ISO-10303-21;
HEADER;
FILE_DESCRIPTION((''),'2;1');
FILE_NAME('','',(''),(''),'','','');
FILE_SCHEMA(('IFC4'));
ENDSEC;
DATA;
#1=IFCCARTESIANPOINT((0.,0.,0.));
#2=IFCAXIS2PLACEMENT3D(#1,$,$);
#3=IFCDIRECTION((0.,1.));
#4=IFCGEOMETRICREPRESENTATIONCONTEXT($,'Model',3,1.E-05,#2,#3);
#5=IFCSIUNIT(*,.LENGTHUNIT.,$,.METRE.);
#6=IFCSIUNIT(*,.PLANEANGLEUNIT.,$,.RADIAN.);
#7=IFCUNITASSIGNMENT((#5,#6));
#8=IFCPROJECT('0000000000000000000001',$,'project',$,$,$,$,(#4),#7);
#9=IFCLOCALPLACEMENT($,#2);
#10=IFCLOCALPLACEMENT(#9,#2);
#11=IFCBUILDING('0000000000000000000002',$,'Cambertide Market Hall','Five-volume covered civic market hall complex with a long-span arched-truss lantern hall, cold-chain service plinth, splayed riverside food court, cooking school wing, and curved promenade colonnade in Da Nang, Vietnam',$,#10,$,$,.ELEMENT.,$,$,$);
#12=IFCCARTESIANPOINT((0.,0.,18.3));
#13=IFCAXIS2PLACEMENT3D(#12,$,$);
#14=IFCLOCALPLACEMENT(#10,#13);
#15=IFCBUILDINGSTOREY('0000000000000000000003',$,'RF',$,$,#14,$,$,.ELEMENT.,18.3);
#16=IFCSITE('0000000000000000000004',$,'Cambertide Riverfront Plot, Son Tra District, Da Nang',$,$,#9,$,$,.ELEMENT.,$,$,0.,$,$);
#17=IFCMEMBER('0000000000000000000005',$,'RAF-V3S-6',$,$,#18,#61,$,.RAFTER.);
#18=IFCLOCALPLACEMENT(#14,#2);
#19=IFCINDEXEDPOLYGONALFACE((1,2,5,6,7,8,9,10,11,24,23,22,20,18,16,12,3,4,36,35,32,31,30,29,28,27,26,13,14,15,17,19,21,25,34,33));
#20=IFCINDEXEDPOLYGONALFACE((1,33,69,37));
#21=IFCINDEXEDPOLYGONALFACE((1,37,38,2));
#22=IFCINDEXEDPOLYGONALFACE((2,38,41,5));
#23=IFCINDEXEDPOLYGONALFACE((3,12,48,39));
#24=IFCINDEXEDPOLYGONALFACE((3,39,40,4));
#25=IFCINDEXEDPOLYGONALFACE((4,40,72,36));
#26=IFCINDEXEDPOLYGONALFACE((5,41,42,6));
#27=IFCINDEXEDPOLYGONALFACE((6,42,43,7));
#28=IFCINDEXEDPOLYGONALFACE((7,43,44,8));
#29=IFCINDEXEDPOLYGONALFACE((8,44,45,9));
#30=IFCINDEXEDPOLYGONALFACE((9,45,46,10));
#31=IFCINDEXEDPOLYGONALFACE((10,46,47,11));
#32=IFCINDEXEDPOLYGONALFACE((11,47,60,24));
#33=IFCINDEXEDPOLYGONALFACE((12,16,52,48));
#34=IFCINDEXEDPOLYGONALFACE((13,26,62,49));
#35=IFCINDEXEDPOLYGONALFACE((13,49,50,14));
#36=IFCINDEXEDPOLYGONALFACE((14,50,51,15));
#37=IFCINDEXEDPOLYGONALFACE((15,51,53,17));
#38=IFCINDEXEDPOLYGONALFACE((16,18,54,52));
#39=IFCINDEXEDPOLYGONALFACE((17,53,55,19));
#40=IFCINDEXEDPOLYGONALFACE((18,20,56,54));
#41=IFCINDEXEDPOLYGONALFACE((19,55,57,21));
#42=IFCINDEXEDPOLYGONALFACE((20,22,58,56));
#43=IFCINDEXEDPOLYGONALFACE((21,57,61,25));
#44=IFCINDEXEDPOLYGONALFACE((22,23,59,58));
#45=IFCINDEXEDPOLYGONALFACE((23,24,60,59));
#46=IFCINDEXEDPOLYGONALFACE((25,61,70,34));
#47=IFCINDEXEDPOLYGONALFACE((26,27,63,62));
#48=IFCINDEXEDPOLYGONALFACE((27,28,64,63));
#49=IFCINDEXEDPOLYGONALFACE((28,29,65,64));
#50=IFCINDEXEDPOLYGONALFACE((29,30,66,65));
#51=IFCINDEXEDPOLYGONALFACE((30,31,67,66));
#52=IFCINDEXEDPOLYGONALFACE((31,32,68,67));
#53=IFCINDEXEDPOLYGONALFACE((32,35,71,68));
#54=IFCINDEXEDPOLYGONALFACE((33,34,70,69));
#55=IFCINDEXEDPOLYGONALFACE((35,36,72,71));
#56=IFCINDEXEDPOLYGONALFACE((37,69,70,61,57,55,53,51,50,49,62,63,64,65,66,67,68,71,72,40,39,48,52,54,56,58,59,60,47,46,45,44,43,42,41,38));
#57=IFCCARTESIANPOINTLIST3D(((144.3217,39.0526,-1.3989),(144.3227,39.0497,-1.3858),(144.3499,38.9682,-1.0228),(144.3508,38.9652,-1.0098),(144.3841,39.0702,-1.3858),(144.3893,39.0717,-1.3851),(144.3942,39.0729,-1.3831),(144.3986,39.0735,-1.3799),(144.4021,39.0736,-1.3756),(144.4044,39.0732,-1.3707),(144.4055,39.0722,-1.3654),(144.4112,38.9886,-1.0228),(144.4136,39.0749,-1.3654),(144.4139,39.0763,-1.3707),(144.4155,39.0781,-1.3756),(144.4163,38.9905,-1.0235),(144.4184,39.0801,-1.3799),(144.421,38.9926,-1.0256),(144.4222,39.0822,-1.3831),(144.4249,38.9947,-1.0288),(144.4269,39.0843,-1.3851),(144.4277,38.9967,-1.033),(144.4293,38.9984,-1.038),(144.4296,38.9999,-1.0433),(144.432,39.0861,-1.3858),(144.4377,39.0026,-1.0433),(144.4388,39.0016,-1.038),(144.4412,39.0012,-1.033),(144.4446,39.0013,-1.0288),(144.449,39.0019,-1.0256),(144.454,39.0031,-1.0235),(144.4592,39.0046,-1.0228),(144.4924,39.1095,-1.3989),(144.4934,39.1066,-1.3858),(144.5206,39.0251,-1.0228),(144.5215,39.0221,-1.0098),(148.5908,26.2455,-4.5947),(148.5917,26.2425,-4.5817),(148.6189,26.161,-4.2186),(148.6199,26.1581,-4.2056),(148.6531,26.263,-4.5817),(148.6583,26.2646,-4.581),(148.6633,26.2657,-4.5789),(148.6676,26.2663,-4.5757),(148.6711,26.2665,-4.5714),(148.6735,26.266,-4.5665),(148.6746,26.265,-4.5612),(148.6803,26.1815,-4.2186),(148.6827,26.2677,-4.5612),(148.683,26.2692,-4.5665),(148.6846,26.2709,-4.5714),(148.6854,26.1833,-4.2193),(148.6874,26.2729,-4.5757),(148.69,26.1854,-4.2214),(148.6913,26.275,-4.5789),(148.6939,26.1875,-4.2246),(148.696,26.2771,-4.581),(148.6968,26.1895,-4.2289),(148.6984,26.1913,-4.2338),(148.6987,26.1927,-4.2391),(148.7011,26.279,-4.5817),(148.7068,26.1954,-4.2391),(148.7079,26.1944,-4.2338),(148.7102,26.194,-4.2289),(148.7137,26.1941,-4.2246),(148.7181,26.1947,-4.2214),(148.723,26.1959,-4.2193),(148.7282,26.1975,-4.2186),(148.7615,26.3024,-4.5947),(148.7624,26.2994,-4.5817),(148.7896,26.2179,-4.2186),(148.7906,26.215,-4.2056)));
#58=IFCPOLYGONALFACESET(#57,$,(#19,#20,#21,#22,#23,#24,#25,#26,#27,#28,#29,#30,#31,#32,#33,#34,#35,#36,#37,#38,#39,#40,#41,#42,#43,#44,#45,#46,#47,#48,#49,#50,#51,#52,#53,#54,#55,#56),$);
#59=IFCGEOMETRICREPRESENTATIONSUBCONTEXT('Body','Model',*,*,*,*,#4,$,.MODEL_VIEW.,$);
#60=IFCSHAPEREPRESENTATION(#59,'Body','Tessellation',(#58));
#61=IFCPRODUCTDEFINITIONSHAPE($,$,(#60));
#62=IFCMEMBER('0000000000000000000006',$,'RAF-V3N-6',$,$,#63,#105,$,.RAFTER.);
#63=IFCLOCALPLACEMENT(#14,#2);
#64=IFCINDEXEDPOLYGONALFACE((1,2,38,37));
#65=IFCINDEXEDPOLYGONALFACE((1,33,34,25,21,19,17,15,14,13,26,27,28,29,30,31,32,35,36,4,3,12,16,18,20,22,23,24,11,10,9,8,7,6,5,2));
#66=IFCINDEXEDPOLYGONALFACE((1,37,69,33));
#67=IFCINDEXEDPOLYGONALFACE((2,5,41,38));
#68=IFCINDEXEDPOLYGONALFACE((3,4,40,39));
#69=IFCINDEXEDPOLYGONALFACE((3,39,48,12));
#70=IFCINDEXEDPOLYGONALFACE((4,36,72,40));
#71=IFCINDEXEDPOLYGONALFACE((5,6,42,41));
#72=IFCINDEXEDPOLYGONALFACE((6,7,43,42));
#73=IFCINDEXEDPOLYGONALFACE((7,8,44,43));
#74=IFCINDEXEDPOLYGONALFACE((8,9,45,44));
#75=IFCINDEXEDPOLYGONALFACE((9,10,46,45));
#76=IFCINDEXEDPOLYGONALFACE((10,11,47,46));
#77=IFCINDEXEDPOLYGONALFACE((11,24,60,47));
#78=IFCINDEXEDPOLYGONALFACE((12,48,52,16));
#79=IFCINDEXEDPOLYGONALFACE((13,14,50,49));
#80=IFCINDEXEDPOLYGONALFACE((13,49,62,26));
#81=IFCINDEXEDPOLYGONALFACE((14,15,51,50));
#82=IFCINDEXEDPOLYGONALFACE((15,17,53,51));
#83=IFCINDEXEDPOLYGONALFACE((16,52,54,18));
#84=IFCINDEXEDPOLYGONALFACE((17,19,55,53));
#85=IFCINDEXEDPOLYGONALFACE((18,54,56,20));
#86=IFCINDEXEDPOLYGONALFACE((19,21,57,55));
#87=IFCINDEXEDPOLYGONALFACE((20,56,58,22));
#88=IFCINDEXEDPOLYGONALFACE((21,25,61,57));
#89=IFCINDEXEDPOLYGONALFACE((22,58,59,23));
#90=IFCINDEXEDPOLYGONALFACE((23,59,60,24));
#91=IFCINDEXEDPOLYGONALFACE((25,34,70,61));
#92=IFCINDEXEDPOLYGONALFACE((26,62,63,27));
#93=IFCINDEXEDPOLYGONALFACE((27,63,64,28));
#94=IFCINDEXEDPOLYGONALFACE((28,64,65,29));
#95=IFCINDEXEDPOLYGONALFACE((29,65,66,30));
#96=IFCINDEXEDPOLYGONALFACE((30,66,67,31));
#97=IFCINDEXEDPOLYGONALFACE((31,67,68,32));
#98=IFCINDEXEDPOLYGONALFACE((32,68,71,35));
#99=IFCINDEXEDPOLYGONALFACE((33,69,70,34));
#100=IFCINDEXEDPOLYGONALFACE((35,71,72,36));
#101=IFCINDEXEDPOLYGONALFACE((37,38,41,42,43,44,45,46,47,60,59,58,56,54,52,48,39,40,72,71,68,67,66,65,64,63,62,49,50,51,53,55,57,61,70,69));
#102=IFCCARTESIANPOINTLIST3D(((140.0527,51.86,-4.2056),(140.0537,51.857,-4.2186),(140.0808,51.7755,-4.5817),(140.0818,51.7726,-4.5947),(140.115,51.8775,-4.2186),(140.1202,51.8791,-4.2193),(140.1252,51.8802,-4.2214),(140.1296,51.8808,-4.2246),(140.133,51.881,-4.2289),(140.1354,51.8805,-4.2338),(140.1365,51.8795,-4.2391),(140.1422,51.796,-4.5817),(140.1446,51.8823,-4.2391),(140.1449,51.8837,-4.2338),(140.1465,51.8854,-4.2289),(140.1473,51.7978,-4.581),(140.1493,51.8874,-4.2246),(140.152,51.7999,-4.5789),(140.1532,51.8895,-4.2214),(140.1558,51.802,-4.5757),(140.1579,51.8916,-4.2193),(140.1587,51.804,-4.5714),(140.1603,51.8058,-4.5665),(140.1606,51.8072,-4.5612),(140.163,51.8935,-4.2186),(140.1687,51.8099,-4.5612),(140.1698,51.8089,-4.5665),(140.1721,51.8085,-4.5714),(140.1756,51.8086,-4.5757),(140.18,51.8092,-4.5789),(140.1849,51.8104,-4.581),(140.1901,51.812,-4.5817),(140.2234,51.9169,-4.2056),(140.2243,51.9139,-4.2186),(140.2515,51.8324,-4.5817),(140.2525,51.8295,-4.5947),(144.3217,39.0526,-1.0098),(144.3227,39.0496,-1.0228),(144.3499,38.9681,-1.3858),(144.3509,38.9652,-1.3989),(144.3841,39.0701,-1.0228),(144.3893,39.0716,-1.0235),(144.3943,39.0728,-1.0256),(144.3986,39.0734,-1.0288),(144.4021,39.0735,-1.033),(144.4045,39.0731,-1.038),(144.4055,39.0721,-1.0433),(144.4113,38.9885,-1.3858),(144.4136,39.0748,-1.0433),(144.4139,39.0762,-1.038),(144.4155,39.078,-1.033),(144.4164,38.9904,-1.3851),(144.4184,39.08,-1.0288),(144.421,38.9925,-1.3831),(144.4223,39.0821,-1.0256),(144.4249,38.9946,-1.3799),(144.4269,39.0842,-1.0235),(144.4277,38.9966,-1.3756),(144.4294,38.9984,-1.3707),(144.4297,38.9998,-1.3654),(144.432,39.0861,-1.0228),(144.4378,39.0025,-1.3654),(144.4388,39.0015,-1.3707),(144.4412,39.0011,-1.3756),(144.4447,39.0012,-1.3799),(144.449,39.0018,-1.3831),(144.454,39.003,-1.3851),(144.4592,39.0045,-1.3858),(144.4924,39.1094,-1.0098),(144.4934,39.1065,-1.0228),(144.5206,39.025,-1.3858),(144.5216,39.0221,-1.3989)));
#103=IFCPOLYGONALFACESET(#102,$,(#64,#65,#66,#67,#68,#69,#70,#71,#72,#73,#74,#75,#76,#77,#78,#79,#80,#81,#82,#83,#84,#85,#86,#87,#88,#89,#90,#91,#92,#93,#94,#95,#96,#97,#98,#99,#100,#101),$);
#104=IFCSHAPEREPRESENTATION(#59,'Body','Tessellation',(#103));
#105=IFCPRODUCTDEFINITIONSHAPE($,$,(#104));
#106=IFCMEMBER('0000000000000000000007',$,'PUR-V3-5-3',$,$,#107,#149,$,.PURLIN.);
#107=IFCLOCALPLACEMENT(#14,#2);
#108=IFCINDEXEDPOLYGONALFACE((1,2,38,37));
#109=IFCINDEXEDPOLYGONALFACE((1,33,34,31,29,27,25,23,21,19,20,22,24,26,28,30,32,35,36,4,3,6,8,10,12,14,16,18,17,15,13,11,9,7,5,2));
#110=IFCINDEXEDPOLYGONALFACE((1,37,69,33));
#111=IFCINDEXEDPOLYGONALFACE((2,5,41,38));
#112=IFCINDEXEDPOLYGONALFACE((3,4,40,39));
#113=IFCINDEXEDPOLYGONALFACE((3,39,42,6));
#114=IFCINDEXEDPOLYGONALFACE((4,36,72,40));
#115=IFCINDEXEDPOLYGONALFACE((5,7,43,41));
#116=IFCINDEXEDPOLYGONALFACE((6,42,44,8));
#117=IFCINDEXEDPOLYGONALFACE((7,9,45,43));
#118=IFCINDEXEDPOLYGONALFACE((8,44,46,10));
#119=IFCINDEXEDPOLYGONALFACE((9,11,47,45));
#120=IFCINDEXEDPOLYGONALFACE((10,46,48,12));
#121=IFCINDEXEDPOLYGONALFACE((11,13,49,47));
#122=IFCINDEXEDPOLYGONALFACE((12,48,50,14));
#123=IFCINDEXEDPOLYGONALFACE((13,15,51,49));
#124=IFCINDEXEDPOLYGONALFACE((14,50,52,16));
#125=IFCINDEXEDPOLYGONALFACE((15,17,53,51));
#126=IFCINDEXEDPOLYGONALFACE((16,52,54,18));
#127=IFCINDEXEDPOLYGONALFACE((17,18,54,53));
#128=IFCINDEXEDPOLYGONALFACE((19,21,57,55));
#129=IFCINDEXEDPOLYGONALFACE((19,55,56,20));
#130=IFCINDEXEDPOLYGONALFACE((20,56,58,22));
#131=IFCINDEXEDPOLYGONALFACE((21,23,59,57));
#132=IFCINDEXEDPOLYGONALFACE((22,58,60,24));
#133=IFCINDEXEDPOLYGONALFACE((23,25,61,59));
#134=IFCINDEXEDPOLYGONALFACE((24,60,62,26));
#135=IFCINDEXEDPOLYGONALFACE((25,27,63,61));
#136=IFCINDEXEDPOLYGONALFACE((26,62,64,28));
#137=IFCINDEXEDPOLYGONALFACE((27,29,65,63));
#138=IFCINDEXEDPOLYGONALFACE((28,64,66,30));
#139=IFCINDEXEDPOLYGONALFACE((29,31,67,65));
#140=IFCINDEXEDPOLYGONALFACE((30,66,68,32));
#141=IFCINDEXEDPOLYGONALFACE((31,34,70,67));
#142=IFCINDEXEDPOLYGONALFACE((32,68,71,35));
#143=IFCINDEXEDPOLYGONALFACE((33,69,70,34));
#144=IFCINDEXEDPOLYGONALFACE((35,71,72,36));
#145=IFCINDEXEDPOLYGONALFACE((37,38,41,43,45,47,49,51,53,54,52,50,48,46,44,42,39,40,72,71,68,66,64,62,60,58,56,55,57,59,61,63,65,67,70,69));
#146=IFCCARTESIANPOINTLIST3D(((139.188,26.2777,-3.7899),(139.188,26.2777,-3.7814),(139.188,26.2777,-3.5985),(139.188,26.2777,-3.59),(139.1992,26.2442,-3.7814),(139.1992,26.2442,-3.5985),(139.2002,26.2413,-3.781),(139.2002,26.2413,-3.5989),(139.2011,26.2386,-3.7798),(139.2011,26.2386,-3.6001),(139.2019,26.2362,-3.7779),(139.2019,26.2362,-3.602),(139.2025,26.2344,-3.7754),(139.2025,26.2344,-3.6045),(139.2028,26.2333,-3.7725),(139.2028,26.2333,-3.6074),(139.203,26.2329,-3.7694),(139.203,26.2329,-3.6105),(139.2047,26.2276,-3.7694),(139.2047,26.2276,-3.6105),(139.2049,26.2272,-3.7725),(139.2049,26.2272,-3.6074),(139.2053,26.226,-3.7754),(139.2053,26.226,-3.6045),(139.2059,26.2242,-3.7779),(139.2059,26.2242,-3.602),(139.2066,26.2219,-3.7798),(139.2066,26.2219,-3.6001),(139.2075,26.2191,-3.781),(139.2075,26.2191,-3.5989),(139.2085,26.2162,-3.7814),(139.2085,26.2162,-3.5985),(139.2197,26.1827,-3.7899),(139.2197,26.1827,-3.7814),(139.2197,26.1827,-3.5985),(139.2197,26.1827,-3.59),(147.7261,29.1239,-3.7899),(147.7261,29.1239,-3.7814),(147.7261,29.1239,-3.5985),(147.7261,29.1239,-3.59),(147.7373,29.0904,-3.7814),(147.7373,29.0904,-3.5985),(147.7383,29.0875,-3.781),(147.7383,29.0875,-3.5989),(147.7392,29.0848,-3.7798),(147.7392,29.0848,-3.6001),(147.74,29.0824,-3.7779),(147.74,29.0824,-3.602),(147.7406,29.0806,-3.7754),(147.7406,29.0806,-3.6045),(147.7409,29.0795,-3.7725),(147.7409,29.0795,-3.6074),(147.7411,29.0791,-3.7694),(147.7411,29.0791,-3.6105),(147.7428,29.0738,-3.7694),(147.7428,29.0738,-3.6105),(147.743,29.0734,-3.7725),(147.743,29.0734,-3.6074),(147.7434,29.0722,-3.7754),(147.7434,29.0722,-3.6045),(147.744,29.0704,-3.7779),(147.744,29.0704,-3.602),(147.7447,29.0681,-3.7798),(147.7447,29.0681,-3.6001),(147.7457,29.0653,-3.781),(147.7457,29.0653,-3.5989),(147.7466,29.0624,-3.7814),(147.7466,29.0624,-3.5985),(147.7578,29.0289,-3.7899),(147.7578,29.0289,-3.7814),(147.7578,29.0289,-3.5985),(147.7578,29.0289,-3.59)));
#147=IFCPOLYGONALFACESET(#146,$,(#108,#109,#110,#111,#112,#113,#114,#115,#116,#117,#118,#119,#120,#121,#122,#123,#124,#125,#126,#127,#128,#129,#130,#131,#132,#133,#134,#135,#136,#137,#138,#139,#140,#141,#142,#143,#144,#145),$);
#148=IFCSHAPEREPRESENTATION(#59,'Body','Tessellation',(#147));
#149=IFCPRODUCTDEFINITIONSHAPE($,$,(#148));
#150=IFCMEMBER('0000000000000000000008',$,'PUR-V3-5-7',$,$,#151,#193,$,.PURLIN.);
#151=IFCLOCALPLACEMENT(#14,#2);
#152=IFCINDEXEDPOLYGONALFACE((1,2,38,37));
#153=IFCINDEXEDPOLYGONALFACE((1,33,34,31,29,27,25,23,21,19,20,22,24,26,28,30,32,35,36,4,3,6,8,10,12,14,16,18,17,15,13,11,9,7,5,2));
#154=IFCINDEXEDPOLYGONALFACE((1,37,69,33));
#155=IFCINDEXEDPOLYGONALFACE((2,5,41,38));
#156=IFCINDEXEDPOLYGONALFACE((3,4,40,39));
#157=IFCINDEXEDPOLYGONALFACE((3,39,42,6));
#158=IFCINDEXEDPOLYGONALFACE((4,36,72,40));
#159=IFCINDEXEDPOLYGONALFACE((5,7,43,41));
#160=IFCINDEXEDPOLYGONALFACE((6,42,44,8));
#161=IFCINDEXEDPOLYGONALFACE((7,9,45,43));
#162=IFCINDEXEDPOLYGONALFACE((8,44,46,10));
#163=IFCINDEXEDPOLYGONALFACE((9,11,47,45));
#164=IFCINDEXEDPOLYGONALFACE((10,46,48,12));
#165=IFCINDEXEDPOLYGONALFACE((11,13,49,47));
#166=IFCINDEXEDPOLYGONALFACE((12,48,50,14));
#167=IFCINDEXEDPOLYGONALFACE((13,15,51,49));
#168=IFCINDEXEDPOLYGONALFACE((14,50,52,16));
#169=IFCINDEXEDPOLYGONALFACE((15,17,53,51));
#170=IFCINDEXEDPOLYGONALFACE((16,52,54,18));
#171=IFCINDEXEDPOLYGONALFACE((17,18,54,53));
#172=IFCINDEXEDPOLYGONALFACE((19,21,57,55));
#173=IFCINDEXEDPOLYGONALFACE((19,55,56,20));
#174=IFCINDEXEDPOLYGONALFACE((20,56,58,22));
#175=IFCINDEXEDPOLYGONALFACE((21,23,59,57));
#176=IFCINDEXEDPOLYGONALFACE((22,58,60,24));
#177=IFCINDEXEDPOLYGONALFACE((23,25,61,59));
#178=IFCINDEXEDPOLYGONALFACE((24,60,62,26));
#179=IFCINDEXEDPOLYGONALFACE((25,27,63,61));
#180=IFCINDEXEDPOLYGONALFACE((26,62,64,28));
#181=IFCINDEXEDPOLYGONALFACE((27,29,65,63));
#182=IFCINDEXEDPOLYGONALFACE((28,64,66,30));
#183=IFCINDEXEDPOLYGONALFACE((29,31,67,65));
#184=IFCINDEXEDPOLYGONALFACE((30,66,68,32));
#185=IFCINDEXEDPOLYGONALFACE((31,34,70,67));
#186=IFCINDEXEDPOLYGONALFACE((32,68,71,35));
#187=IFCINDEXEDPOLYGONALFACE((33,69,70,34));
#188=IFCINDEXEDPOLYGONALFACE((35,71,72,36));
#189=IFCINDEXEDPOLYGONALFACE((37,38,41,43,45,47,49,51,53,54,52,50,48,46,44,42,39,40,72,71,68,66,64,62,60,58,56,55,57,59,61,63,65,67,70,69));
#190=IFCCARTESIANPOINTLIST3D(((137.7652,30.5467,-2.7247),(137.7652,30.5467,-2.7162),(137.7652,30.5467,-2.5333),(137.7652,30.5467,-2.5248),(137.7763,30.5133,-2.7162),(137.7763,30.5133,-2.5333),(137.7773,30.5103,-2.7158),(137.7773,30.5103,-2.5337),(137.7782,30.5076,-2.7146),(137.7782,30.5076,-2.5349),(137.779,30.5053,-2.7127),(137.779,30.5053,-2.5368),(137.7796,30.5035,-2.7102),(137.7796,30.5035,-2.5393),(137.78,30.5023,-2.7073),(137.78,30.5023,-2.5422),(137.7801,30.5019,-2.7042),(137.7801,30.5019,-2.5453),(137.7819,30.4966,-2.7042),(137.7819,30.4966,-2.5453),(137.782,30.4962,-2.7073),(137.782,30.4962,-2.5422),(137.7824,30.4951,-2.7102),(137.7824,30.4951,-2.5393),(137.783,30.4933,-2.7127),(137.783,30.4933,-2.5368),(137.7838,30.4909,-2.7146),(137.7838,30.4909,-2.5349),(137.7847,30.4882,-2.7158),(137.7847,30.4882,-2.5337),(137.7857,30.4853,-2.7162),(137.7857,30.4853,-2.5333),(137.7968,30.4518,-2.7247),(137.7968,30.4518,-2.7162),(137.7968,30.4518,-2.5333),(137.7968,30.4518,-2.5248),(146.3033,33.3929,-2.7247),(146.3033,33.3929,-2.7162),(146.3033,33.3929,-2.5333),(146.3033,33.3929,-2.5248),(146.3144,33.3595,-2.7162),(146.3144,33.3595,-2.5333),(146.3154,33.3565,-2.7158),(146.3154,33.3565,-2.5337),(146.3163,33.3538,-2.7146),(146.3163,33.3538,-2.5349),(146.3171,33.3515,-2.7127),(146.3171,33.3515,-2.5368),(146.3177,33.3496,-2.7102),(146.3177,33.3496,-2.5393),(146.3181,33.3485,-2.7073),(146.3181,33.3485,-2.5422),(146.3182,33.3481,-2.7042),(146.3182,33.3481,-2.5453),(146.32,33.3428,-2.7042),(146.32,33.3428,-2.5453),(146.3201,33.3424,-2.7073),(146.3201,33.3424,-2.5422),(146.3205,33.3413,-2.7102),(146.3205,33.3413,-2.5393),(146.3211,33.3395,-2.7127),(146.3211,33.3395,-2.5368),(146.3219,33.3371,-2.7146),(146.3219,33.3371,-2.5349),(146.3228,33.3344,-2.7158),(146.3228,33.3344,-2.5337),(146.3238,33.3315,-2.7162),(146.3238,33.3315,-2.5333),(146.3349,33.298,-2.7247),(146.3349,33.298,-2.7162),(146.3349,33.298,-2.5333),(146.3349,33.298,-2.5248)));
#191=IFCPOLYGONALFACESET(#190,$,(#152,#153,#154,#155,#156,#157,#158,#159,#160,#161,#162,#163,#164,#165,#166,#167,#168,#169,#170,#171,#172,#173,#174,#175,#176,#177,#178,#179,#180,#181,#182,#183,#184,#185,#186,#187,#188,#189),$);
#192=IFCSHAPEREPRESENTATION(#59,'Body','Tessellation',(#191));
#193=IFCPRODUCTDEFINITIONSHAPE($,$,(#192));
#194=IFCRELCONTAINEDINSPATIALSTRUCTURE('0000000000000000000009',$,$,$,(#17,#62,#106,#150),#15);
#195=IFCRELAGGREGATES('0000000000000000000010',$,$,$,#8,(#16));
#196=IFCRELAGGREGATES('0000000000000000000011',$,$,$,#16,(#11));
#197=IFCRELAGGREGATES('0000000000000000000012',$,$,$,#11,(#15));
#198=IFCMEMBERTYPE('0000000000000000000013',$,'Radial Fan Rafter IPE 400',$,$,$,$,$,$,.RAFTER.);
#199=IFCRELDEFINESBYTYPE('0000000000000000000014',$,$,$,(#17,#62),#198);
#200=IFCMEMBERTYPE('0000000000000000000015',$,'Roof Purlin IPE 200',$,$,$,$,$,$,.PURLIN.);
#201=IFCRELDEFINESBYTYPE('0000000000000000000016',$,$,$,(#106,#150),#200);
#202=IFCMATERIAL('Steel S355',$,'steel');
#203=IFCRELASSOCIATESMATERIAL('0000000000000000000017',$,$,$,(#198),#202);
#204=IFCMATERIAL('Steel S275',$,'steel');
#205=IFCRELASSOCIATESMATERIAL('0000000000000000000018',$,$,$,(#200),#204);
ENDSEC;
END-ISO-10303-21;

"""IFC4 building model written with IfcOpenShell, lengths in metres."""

from ifc_helpers import new_model, si_unit, direction, frame, origin, origin_2d, place, context, subcontext, project, spatial, i_section, extrude, material, material_profile, profile_set, type_object, element, save


model = new_model("IFC4")

# Units and contexts
model_context = context("Model", 3, precision=1e-05, world=origin(), true_north=direction((0.0, 1.0)))
body_context = subcontext(model_context, "Body", "Model", "MODEL_VIEW")
ifc_project = project(units=[si_unit("LENGTHUNIT", "METRE"), si_unit("PLANEANGLEUNIT", "RADIAN")], contexts=[model_context])

# Site, building, storey
site_placement = place(None, origin())
site = spatial("IfcSite", under=ifc_project, at=site_placement, Name="Cambertide Riverfront Plot, Son Tra District, Da Nang", CompositionType="ELEMENT", RefElevation=0.0)
building_placement = place(site_placement, origin())
building = spatial("IfcBuilding", under=site, at=building_placement, Name="Cambertide Market Hall", Description="Five-volume covered civic market hall complex with a long-span arched-truss lantern hall, cold-chain service plinth, splayed riverside food court, cooking school wing, and curved promenade colonnade in Da Nang, Vietnam", CompositionType="ELEMENT")
storey_placement = place(building_placement, frame((0.0, 0.0, 18.3)))
storey = spatial("IfcBuildingStorey", under=building, at=storey_placement, Name="RF", CompositionType="ELEMENT", Elevation=18.3)

# Members
ifc_material_1 = material(Name="Steel S355", Category="steel")
ifc_material_profile_1 = material_profile(ifc_material_1, i_section(OverallWidth=0.1799, OverallDepth=0.3999, WebThickness=0.0085, FlangeThickness=0.0134, FilletRadius=0.021, at=origin_2d()), Name="IPE 400")
ifc_profile_set_1 = profile_set([ifc_material_profile_1], Name="Steel S355")
member_type_1 = type_object("IfcMemberType", Name="Radial Fan Rafter IPE 400", PredefinedType="RAFTER", material=ifc_profile_set_1)
for number, where, z_axis, x_axis, name in (
    (1, (148.6907, 26.2302, -4.4001), (-0.307723, 0.923169, 0.230361), (-0.948683, -0.316228, 0.0), "RAF-V3S-6"),
):
    element("IfcMember", number, at=place(storey_placement, frame(where, z_axis=z_axis, x_axis=x_axis)), inside=storey, type_object=member_type_1, Name=name, PredefinedType="RAFTER", context=body_context, shape_type="SweptSolid", body=[
        extrude(i_section(OverallWidth=0.1799, OverallDepth=0.3999, WebThickness=0.0085, FlangeThickness=0.0134, FilletRadius=0.021, at=origin_2d()), origin(), (0.0, 0.0, 1.0), 13.873),
    ])
member_1_placement = place(storey_placement, frame((140.1526, 51.8447, -4.4001), z_axis=(0.307718, -0.923171, 0.230357), x_axis=(0.948685, 0.316222, 0.0)))
element("IfcMember", 2, at=member_1_placement, inside=storey, type_object=member_type_1, Name="RAF-V3N-6", PredefinedType="RAFTER", context=body_context, shape_type="SweptSolid", body=[
    extrude(i_section(OverallWidth=0.1799, OverallDepth=0.3999, WebThickness=0.0085, FlangeThickness=0.0134, FilletRadius=0.021, at=origin_2d()), origin(), (0.0, 0.0, 1.0), 13.8733),
])
ifc_material_2 = material(Name="Steel S275", Category="steel")
ifc_material_profile_2 = material_profile(ifc_material_2, i_section(OverallWidth=0.1001, OverallDepth=0.2, WebThickness=0.0056, FlangeThickness=0.0085, FilletRadius=0.012, at=origin_2d()), Name="IPE 200")
ifc_profile_set_2 = profile_set([ifc_material_profile_2], Name="Steel S275")
member_type_2 = type_object("IfcMemberType", Name="Roof Purlin IPE 200", PredefinedType="PURLIN", material=ifc_profile_set_2)
for number, where, z_axis, x_axis, name in (
    (3, (139.2039, 26.2302, -3.6899), (0.948678, 0.316244, 0.0), (-0.316244, 0.948678, 0.0), "PUR-V3-5-3"),
    (4, (137.781, 30.4993, -2.6248), (0.948678, 0.316244, 0.0), (-0.316244, 0.948678, 0.0), "PUR-V3-5-7"),
):
    element("IfcMember", number, at=place(storey_placement, frame(where, z_axis=z_axis, x_axis=x_axis)), inside=storey, type_object=member_type_2, Name=name, PredefinedType="PURLIN", context=body_context, shape_type="SweptSolid", body=[
        extrude(i_section(OverallWidth=0.1001, OverallDepth=0.2, WebThickness=0.0056, FlangeThickness=0.0085, FilletRadius=0.012, at=origin_2d()), origin(), (0.0, 0.0, 1.0), 9.0),
    ])

save(model, "model.ifc")
